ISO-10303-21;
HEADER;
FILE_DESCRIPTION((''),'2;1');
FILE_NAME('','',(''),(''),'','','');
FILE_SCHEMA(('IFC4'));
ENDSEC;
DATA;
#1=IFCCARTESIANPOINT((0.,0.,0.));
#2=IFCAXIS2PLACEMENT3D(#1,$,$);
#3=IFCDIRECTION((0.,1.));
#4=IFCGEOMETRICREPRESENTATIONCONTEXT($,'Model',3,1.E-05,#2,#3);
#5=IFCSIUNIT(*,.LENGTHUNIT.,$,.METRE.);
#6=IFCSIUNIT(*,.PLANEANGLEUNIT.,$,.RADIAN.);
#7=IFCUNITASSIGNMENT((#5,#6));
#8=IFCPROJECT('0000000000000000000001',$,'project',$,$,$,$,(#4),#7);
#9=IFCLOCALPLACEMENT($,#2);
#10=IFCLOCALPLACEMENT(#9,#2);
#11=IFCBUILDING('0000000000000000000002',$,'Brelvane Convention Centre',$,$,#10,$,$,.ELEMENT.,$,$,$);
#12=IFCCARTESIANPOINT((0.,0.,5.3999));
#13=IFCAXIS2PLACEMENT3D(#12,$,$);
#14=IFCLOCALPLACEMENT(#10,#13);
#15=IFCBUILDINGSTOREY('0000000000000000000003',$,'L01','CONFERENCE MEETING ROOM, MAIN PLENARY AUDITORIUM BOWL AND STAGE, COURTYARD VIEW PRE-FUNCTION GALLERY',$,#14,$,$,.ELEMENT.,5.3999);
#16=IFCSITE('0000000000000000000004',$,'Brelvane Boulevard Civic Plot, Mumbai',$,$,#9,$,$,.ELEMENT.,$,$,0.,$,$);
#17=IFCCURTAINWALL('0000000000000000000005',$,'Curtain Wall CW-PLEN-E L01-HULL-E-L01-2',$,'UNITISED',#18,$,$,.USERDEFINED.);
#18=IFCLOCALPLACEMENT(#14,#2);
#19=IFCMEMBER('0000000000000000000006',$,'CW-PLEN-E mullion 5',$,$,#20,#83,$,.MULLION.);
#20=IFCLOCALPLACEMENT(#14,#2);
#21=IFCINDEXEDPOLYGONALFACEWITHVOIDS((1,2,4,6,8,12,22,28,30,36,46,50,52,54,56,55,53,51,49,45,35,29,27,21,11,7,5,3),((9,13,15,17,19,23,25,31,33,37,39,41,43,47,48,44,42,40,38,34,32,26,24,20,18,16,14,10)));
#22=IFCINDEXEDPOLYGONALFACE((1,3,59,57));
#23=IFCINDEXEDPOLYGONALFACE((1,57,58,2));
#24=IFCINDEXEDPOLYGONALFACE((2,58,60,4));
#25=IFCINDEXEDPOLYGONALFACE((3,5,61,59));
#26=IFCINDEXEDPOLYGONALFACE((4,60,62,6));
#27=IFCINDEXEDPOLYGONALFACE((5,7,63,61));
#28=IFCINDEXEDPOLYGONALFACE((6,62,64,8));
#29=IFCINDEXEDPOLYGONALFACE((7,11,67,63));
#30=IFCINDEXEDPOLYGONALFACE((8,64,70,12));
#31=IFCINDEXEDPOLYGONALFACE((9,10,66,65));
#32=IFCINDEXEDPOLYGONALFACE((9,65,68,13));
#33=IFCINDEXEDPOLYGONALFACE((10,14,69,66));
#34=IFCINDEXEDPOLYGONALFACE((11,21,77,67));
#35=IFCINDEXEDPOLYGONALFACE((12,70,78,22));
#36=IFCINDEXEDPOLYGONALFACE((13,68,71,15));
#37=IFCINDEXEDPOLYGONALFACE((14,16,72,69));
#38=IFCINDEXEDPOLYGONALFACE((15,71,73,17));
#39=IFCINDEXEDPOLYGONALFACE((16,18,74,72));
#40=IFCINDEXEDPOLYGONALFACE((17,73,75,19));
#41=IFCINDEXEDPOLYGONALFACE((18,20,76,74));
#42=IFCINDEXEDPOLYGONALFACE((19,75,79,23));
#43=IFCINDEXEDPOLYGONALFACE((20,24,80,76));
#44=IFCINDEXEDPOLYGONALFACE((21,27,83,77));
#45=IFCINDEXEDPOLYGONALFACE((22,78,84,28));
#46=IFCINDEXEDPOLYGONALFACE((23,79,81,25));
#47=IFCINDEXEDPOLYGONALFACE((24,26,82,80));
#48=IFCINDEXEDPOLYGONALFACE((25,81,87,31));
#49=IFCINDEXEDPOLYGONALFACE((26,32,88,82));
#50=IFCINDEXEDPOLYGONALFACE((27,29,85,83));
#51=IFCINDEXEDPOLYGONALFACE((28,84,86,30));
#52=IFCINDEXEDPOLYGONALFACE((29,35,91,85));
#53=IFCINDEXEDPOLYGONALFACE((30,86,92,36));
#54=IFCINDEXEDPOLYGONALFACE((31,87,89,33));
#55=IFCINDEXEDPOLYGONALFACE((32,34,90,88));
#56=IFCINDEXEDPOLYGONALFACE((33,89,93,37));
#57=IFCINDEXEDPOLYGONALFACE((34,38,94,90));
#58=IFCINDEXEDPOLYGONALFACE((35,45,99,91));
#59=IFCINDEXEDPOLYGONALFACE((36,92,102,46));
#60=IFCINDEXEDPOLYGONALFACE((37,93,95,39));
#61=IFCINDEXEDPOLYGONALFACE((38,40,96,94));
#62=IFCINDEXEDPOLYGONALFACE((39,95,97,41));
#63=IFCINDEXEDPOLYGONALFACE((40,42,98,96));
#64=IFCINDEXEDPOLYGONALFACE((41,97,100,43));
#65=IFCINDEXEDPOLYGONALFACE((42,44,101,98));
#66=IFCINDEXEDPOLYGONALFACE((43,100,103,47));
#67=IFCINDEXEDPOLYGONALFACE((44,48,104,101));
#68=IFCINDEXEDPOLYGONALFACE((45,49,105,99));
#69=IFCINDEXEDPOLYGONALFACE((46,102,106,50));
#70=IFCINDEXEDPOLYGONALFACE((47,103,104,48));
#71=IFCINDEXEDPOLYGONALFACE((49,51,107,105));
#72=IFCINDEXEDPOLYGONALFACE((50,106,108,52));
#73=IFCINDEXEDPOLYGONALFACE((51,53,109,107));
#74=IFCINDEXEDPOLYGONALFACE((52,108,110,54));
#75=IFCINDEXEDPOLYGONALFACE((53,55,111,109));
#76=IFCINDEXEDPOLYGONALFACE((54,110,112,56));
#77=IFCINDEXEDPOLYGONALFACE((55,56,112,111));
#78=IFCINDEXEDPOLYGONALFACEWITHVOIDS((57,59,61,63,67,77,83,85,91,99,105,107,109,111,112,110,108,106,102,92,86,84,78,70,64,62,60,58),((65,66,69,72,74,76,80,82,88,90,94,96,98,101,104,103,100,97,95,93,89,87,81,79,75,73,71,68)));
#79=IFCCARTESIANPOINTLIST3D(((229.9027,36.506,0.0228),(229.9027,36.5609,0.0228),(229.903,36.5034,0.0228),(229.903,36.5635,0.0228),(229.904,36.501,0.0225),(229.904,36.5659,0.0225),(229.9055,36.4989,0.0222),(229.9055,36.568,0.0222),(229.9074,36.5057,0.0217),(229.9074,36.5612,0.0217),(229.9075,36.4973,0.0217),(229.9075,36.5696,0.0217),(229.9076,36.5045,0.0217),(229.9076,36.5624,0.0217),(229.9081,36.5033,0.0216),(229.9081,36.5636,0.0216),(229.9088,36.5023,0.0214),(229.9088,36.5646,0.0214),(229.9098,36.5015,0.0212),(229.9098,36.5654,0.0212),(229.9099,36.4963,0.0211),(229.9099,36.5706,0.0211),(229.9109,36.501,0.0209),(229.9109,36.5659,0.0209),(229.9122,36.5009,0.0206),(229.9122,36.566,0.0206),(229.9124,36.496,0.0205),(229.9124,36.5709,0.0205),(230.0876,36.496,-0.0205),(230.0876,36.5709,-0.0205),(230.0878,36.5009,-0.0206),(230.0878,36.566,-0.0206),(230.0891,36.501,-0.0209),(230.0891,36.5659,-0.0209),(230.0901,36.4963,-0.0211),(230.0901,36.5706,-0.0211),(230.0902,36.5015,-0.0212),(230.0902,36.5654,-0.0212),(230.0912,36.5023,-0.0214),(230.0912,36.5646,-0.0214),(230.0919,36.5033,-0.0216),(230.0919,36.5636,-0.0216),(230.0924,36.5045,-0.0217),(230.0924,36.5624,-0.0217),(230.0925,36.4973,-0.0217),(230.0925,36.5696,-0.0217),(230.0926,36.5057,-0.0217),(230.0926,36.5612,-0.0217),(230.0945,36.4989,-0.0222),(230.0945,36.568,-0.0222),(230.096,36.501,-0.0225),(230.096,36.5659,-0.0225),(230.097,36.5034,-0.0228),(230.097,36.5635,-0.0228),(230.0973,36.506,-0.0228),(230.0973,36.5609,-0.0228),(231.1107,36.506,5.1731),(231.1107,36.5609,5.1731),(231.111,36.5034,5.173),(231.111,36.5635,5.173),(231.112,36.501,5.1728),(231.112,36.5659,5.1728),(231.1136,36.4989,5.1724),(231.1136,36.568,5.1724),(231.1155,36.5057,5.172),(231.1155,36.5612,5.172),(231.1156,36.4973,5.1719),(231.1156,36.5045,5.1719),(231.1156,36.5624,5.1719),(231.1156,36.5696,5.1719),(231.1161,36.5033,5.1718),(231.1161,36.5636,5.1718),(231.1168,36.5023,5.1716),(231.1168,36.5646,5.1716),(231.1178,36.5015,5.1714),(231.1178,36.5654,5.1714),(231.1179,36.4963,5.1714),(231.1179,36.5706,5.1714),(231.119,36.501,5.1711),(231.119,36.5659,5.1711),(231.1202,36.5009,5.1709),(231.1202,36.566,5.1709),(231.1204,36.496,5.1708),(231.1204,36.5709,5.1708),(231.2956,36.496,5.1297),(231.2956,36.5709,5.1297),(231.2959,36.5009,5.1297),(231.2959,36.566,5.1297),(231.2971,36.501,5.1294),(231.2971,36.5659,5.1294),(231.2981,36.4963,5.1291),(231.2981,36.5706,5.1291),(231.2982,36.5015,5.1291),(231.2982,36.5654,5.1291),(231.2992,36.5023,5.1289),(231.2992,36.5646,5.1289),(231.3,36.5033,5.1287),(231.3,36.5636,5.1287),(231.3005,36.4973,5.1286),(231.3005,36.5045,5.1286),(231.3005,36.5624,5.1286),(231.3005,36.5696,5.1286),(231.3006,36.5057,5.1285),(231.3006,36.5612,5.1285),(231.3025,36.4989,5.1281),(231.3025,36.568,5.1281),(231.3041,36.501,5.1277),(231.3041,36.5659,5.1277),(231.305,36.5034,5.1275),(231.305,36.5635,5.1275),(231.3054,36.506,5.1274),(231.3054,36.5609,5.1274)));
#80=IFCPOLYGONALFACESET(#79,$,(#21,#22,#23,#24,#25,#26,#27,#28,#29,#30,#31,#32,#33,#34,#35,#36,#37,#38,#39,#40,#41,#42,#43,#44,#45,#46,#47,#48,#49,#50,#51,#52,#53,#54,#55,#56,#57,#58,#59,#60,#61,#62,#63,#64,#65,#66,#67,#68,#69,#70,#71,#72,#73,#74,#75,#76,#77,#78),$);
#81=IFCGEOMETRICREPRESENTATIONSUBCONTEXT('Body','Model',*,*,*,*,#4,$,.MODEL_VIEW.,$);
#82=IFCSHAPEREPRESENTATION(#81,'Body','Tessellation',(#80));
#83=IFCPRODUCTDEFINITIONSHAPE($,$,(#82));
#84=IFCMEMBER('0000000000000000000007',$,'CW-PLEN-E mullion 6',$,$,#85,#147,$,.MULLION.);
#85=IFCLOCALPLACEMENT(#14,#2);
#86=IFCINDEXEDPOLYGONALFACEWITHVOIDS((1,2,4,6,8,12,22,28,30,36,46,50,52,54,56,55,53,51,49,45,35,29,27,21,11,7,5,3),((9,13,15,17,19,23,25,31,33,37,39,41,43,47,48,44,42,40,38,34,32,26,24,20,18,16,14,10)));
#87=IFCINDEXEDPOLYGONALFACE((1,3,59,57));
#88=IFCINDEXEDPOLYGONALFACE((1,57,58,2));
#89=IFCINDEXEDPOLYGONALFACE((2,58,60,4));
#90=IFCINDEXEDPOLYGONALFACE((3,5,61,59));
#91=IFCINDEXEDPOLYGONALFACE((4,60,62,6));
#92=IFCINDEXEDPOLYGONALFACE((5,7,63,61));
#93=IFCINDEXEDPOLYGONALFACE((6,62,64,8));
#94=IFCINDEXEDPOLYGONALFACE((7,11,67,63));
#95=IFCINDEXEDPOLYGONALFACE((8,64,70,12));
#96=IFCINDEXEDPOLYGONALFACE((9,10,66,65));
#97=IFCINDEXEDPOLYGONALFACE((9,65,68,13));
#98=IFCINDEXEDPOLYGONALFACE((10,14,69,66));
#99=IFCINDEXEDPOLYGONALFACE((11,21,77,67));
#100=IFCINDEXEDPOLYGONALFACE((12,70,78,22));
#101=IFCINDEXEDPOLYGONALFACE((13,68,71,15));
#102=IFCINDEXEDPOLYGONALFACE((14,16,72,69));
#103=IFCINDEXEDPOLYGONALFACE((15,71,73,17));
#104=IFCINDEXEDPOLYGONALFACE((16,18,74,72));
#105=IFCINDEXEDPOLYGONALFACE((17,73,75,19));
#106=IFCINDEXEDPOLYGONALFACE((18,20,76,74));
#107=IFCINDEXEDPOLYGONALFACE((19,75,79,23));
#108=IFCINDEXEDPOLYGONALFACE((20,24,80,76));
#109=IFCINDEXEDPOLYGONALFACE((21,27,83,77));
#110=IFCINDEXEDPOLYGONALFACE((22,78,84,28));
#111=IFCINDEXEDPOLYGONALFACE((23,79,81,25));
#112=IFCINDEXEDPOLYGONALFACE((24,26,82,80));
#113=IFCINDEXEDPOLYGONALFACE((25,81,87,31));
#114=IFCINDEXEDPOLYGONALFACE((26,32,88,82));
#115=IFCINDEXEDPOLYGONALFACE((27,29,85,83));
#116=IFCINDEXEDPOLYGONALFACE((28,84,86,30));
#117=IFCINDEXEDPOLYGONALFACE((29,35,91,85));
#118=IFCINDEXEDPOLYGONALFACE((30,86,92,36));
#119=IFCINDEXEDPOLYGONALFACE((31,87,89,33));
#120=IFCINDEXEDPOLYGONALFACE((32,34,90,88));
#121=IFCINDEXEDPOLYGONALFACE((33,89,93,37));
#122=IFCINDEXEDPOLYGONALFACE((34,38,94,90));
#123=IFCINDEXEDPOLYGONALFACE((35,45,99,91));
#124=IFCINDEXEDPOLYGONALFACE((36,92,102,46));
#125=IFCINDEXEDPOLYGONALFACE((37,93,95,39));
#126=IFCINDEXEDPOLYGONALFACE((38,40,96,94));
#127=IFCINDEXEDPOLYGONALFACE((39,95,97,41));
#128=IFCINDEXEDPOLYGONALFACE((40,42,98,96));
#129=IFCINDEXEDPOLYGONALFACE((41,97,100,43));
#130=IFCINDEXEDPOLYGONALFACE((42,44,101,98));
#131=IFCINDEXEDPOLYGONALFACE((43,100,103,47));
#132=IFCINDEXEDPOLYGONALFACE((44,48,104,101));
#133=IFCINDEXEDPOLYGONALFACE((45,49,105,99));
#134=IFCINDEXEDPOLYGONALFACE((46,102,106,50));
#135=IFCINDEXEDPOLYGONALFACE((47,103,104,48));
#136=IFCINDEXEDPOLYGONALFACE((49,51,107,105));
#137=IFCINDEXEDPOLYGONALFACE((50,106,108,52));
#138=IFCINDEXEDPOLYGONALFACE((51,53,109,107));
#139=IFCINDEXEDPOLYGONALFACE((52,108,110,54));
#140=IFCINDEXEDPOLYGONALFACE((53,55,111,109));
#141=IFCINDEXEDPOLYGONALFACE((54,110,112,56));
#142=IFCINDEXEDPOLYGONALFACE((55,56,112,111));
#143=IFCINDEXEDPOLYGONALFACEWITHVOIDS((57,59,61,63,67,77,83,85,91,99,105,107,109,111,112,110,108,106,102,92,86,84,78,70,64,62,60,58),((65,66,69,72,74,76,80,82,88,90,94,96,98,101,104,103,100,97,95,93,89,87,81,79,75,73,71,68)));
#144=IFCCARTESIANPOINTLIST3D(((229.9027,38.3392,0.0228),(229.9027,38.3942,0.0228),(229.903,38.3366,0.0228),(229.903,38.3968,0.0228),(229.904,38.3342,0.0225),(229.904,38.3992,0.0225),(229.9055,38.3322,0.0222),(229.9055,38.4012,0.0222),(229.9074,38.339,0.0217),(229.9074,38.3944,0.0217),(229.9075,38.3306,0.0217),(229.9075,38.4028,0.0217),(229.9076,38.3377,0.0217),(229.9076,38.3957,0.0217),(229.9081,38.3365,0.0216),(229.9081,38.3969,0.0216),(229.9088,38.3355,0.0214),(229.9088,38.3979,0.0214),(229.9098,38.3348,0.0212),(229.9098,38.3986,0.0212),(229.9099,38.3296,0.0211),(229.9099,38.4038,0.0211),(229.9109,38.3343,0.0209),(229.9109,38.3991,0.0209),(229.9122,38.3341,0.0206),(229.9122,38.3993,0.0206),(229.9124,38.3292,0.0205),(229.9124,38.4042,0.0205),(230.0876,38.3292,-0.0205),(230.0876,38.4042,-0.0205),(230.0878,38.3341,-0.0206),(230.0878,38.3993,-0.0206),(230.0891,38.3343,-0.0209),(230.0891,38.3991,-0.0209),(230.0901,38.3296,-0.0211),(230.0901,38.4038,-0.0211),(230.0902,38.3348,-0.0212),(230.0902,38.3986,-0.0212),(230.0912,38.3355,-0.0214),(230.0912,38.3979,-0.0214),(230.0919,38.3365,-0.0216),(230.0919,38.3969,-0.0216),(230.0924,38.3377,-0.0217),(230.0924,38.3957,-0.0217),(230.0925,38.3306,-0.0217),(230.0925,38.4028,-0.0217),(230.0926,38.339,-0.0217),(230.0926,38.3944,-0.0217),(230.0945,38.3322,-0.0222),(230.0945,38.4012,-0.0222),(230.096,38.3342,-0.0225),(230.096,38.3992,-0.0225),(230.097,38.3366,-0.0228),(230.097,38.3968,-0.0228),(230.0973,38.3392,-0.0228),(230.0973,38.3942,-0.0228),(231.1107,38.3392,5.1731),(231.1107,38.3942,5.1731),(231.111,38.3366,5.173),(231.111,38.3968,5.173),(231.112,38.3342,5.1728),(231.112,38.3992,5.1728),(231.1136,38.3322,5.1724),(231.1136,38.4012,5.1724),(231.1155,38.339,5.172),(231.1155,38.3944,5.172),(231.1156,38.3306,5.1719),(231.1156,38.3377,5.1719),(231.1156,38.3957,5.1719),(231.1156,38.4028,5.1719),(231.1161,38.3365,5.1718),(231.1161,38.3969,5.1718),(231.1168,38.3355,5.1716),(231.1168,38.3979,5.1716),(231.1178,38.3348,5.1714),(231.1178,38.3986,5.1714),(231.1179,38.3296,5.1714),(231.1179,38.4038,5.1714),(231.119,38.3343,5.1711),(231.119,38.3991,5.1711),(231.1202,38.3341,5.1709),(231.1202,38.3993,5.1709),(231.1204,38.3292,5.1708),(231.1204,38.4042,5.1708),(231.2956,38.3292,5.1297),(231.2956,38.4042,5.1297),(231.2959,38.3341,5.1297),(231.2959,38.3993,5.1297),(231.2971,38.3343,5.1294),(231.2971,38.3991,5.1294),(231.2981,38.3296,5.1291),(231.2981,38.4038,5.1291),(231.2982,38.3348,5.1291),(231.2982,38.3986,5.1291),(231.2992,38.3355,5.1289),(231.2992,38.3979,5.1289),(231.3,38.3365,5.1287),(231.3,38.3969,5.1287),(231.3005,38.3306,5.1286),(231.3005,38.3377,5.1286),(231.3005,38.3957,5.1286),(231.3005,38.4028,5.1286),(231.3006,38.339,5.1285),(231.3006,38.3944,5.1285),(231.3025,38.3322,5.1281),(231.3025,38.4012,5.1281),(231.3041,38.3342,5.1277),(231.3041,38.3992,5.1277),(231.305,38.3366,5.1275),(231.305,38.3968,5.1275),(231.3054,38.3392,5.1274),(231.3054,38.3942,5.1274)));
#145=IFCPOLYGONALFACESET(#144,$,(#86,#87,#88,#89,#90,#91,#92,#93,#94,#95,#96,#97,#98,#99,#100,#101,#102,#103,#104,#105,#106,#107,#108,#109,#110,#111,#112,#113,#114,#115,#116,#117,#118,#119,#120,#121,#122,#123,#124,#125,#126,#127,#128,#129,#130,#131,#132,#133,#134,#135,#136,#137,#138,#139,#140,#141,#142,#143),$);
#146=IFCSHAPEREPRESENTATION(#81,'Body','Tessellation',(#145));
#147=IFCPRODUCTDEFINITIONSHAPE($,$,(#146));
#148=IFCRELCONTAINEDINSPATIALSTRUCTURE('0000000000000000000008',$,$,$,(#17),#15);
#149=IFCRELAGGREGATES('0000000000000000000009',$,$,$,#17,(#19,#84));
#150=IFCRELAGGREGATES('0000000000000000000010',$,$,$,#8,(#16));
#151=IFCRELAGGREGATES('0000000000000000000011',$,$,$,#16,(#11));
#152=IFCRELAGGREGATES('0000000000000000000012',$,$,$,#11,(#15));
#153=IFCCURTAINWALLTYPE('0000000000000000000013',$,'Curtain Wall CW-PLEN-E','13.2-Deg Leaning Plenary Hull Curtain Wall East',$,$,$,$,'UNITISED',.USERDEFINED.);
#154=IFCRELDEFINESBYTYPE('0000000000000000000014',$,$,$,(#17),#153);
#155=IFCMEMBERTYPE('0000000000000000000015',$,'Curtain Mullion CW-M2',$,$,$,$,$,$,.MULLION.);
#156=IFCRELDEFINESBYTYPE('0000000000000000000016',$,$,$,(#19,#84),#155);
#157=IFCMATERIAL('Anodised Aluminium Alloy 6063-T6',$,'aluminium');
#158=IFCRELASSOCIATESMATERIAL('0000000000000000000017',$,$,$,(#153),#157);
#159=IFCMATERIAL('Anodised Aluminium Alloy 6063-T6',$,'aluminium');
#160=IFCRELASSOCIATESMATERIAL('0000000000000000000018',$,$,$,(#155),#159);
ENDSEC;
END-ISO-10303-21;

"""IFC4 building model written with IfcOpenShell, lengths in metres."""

from ifc_helpers import new_model, si_unit, direction, frame, origin, origin_2d, place, context, subcontext, project, spatial, hollow_rectangle, extrude, material, material_profile, profile_set, type_object, element, aggregate, save


model = new_model("IFC4")

# Units and contexts
model_context = context("Model", 3, precision=1e-05, world=origin(), true_north=direction((0.0, 1.0)))
body_context = subcontext(model_context, "Body", "Model", "MODEL_VIEW")
ifc_project = project(units=[si_unit("LENGTHUNIT", "METRE"), si_unit("PLANEANGLEUNIT", "RADIAN")], contexts=[model_context])

# Site, building, storey
site_placement = place(None, origin())
site = spatial("IfcSite", under=ifc_project, at=site_placement, Name="Brelvane Boulevard Civic Plot, Mumbai", CompositionType="ELEMENT", RefElevation=0.0)
building_placement = place(site_placement, origin())
building = spatial("IfcBuilding", under=site, at=building_placement, Name="Brelvane Convention Centre", CompositionType="ELEMENT")
storey_placement = place(building_placement, frame((0.0, 0.0, 5.3999)))
storey = spatial("IfcBuildingStorey", under=building, at=storey_placement, Name="L01", Description="CONFERENCE MEETING ROOM, MAIN PLENARY AUDITORIUM BOWL AND STAGE, COURTYARD VIEW PRE-FUNCTION GALLERY", CompositionType="ELEMENT", Elevation=5.3999)

# Shared definitions
ifc_material_1 = material(Name="Anodised Aluminium Alloy 6063-T6", Category="aluminium")
curtain_wall_type = type_object("IfcCurtainWallType", Name="Curtain Wall CW-PLEN-E", Description="13.2-Deg Leaning Plenary Hull Curtain Wall East", ElementType="UNITISED", PredefinedType="USERDEFINED", material=ifc_material_1)
ifc_material_2 = material(Name="Anodised Aluminium Alloy 6063-T6", Category="aluminium")
ifc_material_profile_1 = material_profile(ifc_material_2, hollow_rectangle(XDim=0.075, YDim=0.2, WallThickness=0.0049, InnerFilletRadius=0.0049, OuterFilletRadius=0.01, at=origin_2d()), Name="ALU-M 200x75x5.0")
ifc_profile_set_1 = profile_set([ifc_material_profile_1], Name="Anodised Aluminium Alloy 6063-T6")
member_type_1 = type_object("IfcMemberType", Name="Curtain Mullion CW-M2", PredefinedType="MULLION", material=ifc_profile_set_1)

# Curtain wall, members
curtain_wall_1_placement = place(storey_placement, origin())
curtain_wall_1 = element("IfcCurtainWall", 1, at=curtain_wall_1_placement, inside=storey, type_object=curtain_wall_type, Name="Curtain Wall CW-PLEN-E L01-HULL-E-L01-2", ObjectType="UNITISED", PredefinedType="USERDEFINED")
member_1_placement = place(storey_placement, frame((230.0, 36.5334, 0.0), z_axis=(0.22836, 0.0, 0.973577), x_axis=(0.0, 1.0, 0.0)))
member_1 = element("IfcMember", 2, at=member_1_placement, type_object=member_type_1, Name="CW-PLEN-E mullion 5", PredefinedType="MULLION", context=body_context, shape_type="SweptSolid", body=[
    extrude(hollow_rectangle(XDim=0.075, YDim=0.2, WallThickness=0.0049, InnerFilletRadius=0.0049, OuterFilletRadius=0.01, at=origin_2d()), origin(), (0.0, 0.0, 1.0), 5.29),
])
member_2_placement = place(storey_placement, frame((230.0, 38.3667, 0.0), z_axis=(0.22836, 0.0, 0.973577), x_axis=(0.0, 1.0, 0.0)))
member_2 = element("IfcMember", 3, at=member_2_placement, type_object=member_type_1, Name="CW-PLEN-E mullion 6", PredefinedType="MULLION", context=body_context, shape_type="SweptSolid", body=[
    extrude(hollow_rectangle(XDim=0.075, YDim=0.2, WallThickness=0.0049, InnerFilletRadius=0.0049, OuterFilletRadius=0.01, at=origin_2d()), origin(), (0.0, 0.0, 1.0), 5.29),
])

aggregate(curtain_wall_1, [member_1, member_2])

save(model, "model.ifc")
